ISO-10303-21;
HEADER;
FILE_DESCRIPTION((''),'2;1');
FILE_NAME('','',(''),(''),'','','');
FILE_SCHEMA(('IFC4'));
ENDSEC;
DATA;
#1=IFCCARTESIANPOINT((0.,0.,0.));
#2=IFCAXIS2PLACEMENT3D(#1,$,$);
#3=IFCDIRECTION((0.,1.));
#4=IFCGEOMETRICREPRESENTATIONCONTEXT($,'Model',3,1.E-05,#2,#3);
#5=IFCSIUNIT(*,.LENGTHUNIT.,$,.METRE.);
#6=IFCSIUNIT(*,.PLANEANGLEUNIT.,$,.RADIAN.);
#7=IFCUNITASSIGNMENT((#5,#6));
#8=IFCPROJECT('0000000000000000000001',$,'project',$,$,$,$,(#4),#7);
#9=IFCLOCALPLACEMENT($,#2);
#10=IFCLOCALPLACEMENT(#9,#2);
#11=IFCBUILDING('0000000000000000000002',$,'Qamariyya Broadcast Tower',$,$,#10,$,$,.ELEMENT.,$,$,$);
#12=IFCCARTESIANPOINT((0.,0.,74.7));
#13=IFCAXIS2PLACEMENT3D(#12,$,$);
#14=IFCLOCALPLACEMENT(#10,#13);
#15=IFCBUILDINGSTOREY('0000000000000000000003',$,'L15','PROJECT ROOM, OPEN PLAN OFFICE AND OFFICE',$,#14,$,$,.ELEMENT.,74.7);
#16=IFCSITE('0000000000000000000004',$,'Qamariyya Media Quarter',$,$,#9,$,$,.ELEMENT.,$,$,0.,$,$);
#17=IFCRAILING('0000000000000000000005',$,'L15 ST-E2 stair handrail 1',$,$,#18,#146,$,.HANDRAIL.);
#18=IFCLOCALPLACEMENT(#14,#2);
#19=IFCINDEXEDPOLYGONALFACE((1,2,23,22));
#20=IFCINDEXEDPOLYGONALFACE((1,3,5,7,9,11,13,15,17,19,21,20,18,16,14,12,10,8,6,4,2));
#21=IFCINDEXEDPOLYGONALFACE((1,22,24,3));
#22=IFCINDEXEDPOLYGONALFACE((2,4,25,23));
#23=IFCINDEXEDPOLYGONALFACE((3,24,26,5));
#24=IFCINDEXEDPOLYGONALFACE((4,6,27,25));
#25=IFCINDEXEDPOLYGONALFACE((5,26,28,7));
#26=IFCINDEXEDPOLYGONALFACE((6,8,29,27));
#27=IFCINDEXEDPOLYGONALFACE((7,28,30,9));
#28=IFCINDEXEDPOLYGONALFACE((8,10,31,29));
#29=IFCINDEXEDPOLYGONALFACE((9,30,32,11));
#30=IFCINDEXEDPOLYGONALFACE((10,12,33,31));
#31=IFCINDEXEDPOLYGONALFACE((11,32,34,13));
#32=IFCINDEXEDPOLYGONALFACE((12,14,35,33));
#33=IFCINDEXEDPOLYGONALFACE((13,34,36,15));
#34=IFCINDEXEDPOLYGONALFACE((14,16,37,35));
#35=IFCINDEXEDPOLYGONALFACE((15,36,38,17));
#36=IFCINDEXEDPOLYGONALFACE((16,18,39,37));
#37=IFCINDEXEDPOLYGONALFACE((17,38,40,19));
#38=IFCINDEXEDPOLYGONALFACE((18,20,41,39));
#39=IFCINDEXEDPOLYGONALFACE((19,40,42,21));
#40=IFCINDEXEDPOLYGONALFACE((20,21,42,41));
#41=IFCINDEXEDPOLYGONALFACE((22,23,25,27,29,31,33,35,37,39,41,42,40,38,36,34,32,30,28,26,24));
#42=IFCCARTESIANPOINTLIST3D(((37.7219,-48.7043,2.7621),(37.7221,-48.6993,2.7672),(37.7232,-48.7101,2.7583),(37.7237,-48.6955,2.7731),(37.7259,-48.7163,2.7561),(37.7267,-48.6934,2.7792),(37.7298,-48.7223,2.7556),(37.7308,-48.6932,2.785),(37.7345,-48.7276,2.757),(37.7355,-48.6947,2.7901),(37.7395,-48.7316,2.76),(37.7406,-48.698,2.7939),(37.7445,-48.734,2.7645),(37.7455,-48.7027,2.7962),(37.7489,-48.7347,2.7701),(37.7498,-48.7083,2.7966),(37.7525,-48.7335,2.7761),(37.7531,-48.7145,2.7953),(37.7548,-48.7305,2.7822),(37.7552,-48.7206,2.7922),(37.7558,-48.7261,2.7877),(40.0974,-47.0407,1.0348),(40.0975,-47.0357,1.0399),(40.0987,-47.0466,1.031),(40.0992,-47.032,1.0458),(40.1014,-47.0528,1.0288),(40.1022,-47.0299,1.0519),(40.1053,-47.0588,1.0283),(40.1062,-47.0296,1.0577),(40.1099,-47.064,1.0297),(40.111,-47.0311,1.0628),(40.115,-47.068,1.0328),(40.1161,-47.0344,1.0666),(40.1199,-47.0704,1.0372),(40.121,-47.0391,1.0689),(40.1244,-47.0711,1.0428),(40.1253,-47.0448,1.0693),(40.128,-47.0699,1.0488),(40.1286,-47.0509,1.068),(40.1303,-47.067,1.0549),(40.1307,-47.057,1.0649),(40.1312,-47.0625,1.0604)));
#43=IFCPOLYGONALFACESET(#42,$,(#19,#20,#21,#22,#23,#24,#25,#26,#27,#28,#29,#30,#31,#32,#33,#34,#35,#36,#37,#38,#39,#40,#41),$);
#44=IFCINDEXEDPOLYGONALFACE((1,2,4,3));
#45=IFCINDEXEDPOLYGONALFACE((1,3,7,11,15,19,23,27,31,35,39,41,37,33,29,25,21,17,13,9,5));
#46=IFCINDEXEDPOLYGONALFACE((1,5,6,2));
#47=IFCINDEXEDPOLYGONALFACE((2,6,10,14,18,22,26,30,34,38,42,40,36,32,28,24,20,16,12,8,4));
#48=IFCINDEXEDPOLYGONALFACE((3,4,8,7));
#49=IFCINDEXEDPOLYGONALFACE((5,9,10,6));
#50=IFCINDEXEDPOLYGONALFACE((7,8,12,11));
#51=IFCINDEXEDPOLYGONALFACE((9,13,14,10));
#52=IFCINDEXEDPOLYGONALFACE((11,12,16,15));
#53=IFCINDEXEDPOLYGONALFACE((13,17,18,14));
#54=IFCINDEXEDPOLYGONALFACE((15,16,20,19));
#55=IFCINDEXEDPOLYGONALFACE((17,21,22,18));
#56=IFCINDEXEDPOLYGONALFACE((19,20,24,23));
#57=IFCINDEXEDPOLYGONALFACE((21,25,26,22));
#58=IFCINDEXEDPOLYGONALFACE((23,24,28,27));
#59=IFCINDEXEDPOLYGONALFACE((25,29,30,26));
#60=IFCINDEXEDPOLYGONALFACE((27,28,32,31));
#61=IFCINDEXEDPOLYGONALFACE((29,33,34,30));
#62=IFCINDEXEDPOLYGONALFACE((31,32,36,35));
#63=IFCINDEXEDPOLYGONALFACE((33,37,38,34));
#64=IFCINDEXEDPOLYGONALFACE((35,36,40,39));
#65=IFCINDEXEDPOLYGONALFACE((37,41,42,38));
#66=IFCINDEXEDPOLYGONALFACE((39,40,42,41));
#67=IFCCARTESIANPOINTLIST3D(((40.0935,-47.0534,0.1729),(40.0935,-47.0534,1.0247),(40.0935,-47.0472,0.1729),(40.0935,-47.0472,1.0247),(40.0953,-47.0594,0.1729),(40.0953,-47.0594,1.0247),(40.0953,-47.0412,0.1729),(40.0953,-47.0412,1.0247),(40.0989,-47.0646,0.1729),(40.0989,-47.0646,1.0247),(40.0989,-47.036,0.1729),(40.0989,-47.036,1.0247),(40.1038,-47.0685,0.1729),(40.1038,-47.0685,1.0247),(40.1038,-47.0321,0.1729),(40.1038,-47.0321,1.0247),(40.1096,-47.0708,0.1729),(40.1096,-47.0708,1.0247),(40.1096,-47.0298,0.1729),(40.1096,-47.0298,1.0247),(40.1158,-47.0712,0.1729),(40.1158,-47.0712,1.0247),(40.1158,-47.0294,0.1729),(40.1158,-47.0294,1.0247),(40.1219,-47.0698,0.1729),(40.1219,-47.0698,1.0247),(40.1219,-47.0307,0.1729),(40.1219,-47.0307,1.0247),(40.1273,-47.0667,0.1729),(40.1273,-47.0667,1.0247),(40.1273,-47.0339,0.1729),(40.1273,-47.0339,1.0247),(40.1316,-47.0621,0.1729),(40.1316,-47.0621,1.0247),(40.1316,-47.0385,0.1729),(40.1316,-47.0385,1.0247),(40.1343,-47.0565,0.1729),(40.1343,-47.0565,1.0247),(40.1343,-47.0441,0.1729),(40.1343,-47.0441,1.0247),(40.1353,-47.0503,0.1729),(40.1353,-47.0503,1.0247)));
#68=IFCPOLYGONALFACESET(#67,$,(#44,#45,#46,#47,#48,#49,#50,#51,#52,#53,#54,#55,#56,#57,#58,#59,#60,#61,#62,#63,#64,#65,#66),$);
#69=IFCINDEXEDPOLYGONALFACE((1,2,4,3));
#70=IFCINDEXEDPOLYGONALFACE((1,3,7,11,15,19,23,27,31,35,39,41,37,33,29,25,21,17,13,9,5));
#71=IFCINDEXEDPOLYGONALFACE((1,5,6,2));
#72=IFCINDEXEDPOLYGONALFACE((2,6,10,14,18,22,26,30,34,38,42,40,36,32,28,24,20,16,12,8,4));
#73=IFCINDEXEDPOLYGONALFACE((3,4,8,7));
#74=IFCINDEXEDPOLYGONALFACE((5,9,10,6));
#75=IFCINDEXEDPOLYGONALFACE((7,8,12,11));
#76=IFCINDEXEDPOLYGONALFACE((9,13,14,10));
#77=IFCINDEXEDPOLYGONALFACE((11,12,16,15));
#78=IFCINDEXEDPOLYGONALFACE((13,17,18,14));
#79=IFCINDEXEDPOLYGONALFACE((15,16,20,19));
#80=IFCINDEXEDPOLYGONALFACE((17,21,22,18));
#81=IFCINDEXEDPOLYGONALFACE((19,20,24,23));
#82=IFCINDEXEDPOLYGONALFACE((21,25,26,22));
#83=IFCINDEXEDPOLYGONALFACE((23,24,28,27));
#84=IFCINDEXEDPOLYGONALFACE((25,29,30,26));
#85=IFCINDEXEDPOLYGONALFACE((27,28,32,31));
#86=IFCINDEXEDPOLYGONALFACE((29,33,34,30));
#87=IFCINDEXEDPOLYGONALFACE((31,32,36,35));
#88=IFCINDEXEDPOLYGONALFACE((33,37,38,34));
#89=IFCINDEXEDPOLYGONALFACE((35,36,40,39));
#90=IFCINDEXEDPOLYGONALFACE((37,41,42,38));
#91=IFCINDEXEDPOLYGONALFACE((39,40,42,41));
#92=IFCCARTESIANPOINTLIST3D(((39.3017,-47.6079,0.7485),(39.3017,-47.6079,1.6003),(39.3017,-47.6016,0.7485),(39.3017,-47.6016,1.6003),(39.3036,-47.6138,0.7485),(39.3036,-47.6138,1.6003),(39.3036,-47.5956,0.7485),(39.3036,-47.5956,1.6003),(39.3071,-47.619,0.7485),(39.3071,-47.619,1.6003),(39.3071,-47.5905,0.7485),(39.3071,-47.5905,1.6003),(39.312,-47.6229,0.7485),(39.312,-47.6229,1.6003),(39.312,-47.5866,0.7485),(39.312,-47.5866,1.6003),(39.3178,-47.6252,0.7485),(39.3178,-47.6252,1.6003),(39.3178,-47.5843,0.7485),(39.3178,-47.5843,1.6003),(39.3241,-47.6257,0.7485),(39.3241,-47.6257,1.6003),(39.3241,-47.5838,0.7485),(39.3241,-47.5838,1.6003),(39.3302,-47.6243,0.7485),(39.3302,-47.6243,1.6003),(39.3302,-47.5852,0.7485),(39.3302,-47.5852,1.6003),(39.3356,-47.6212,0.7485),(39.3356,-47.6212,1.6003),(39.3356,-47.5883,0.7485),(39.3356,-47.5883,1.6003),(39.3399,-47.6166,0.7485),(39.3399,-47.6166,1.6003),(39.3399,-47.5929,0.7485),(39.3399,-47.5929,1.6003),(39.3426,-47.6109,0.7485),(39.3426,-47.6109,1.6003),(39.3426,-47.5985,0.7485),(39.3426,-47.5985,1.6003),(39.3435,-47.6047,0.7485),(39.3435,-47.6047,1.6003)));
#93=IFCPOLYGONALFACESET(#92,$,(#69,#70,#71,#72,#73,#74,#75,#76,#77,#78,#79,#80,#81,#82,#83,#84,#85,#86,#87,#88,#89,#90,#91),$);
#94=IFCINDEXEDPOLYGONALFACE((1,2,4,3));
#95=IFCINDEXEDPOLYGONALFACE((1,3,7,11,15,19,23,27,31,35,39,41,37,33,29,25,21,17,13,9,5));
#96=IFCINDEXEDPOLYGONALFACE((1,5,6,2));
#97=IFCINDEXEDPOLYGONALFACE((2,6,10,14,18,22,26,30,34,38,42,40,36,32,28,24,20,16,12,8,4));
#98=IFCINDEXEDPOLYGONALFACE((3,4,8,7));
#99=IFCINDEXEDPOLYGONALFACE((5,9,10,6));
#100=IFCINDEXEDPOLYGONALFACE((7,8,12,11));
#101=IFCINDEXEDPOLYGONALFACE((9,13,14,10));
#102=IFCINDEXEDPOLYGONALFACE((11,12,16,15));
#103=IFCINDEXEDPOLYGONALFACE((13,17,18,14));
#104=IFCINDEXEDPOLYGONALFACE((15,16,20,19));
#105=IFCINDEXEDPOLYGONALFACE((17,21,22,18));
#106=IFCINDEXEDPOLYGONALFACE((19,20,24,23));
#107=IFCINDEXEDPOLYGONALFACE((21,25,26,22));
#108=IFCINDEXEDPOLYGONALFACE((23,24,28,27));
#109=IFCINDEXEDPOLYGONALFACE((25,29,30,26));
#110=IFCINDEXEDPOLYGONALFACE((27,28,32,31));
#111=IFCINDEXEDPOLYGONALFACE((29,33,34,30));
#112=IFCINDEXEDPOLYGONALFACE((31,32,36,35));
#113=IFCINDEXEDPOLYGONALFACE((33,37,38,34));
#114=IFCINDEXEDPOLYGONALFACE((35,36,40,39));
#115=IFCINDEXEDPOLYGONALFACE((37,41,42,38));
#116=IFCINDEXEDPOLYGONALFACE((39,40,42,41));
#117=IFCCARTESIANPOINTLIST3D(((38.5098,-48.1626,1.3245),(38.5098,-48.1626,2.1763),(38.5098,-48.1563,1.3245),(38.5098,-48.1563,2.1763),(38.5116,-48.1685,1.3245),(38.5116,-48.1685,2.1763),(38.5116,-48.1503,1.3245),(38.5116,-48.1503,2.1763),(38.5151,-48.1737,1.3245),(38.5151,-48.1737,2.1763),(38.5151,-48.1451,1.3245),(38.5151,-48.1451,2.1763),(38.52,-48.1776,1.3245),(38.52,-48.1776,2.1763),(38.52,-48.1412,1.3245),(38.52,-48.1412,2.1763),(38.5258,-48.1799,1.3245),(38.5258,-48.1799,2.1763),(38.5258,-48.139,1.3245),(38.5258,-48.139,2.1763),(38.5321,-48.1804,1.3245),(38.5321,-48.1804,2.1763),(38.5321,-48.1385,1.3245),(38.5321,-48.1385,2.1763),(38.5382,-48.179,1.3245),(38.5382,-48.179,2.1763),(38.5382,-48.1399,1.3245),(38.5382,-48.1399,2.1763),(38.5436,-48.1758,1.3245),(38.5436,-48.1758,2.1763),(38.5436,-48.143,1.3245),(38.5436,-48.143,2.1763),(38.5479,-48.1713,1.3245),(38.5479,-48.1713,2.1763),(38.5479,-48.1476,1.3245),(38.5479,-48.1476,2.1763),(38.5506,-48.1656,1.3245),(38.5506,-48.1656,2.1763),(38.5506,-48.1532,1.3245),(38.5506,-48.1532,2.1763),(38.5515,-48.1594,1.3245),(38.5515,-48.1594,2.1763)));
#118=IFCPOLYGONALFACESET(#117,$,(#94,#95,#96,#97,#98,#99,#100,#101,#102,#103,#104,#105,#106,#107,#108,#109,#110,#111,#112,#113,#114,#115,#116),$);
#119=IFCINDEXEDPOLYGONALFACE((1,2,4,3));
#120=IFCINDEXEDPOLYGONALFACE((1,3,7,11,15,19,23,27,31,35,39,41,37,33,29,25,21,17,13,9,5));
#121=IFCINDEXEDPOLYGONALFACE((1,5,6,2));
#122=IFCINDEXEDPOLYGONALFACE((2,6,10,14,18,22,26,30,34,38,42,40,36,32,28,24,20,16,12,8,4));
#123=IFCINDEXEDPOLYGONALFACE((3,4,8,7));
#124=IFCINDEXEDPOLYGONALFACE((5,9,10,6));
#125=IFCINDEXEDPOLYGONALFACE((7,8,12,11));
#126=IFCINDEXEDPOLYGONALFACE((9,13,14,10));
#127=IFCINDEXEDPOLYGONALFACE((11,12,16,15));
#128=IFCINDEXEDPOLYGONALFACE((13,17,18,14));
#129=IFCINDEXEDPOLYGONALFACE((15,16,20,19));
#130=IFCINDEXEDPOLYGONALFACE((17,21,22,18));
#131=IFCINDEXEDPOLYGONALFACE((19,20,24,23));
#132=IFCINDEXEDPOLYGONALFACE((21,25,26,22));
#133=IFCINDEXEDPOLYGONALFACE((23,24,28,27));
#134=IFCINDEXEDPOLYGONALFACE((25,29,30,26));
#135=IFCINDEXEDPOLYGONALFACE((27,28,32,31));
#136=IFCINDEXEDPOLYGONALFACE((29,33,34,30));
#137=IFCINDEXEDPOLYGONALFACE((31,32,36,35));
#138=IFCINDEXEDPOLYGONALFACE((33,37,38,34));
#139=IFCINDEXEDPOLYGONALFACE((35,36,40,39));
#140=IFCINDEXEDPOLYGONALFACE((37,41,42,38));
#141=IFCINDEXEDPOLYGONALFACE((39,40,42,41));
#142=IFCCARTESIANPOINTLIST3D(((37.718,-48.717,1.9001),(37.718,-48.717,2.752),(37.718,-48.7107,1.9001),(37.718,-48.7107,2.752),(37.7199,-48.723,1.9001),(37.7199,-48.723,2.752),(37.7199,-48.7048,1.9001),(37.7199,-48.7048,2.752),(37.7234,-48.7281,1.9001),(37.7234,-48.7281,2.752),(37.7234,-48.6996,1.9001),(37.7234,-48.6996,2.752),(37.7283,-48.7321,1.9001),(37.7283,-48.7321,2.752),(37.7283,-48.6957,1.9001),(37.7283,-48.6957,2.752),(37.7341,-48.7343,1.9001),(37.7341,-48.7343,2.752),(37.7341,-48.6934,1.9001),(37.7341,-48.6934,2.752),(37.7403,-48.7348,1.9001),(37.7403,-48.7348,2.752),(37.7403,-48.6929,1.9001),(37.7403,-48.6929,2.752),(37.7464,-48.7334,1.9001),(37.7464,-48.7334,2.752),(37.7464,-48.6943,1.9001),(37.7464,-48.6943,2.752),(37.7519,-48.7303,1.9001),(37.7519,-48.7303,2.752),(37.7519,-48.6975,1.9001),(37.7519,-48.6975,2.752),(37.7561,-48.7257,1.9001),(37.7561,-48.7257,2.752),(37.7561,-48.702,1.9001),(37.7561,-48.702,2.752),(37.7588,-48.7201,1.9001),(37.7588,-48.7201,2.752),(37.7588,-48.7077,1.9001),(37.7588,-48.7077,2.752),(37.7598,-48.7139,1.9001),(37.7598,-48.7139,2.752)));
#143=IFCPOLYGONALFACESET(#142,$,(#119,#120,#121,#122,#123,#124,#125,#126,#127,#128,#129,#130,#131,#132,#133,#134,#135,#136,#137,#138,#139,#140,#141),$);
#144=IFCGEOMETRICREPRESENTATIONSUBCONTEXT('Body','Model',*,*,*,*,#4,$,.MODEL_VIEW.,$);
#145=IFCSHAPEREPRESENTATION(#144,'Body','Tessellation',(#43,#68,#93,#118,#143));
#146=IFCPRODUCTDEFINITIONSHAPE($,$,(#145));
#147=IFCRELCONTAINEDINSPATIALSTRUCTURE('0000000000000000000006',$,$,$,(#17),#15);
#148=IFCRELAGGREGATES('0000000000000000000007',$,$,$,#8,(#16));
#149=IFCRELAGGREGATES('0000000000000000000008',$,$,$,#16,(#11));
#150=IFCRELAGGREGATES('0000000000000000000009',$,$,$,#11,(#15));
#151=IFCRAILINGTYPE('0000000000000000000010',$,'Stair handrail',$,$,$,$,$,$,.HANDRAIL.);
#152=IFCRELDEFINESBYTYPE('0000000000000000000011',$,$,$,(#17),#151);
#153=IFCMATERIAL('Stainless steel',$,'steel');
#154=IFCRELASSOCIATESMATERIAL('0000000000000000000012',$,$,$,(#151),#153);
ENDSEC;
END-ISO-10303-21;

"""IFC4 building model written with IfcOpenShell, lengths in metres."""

from ifc_helpers import new_model, si_unit, direction, frame, origin, origin_2d, place, context, subcontext, project, spatial, circle, extrude, material, type_object, element, save


model = new_model("IFC4")

# Units and contexts
model_context = context("Model", 3, precision=1e-05, world=origin(), true_north=direction((0.0, 1.0)))
body_context = subcontext(model_context, "Body", "Model", "MODEL_VIEW")
ifc_project = project(units=[si_unit("LENGTHUNIT", "METRE"), si_unit("PLANEANGLEUNIT", "RADIAN")], contexts=[model_context])

# Site, building, storey
site_placement = place(None, origin())
site = spatial("IfcSite", under=ifc_project, at=site_placement, Name="Qamariyya Media Quarter", CompositionType="ELEMENT", RefElevation=0.0)
building_placement = place(site_placement, origin())
building = spatial("IfcBuilding", under=site, at=building_placement, Name="Qamariyya Broadcast Tower", CompositionType="ELEMENT")
storey_placement = place(building_placement, frame((0.0, 0.0, 74.7)))
storey = spatial("IfcBuildingStorey", under=building, at=storey_placement, Name="L15", Description="PROJECT ROOM, OPEN PLAN OFFICE AND OFFICE", CompositionType="ELEMENT", Elevation=74.7)

# Railing
ifc_material_1 = material(Name="Stainless steel", Category="steel")
railing_type_1 = type_object("IfcRailingType", Name="Stair handrail", PredefinedType="HANDRAIL", material=ifc_material_1)
railing_1_placement = place(storey_placement, frame((40.1143, -47.0503, 0.1729)))
element("IfcRailing", 1, at=railing_1_placement, inside=storey, type_object=railing_type_1, Name="L15 ST-E2 stair handrail 1", PredefinedType="HANDRAIL", context=body_context, shape_type="SweptSolid", body=[
    extrude(circle(Radius=0.0239, at=origin_2d()), frame((0.0, 0.0, 0.876), z_axis=(-0.703745, -0.492838, 0.511716), x_axis=(0.573632, -0.819113, 0.0)), (0.0, 0.0, 1.0), 3.3755),
    extrude(circle(Radius=0.021, at=origin_2d()), origin(), (0.0, 0.0, 1.0), 0.8518),
    extrude(circle(Radius=0.021, at=origin_2d()), frame((-0.7917, -0.5544, 0.5757)), (0.0, 0.0, 1.0), 0.8518),
    extrude(circle(Radius=0.021, at=origin_2d()), frame((-1.5837, -1.1091, 1.1516)), (0.0, 0.0, 1.0), 0.8518),
    extrude(circle(Radius=0.021, at=origin_2d()), frame((-2.3755, -1.6636, 1.7273)), (0.0, 0.0, 1.0), 0.8518),
])

save(model, "model.ifc")
